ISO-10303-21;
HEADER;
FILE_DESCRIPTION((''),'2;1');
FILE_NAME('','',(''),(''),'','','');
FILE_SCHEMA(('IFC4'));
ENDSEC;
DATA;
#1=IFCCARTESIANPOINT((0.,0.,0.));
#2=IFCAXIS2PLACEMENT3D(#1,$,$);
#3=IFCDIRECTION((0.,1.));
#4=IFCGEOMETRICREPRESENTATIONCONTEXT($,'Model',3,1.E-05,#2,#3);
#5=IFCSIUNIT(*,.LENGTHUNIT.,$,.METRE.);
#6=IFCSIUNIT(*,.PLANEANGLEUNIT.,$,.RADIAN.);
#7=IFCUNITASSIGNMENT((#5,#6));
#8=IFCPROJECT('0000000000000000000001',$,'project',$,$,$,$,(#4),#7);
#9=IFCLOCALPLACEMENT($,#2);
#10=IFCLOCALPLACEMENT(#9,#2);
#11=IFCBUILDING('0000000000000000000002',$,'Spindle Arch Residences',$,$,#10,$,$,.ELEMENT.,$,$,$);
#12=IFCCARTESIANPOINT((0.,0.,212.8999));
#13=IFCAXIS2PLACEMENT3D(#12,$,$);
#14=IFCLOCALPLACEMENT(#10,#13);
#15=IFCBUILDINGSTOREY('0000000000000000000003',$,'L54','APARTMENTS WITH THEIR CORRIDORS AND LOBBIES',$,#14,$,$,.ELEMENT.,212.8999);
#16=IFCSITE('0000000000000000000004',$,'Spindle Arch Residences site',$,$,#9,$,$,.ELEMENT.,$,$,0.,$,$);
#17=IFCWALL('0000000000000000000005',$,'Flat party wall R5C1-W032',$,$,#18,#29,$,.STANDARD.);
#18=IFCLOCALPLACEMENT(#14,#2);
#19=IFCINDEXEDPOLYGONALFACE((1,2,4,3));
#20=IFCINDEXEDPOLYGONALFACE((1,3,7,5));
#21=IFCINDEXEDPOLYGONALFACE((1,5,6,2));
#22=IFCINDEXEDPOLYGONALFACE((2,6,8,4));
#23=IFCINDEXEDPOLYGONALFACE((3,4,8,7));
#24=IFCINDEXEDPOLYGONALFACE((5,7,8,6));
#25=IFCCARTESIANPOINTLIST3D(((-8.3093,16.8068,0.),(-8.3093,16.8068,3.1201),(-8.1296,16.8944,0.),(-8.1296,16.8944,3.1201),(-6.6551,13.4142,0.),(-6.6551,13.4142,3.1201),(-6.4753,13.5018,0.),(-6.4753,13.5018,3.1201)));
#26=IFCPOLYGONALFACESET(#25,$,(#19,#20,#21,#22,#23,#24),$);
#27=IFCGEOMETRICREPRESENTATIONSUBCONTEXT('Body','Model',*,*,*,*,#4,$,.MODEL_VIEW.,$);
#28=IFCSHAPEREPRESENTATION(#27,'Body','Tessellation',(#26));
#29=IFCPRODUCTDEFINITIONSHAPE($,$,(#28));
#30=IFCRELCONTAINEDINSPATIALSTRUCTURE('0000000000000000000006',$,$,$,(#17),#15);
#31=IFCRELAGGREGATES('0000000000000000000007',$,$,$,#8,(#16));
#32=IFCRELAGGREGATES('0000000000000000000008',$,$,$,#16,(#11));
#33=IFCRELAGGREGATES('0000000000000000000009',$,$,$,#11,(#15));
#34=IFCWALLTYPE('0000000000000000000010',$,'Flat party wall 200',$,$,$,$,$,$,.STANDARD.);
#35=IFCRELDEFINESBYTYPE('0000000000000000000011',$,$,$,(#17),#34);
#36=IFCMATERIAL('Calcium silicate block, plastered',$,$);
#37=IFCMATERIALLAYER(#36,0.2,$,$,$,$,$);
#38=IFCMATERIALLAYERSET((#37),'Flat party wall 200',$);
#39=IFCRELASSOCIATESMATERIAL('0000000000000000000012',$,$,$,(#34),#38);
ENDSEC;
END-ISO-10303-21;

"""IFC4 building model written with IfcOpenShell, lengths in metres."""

from ifc_helpers import new_model, si_unit, direction, frame, frame_2d, origin, place, context, subcontext, project, spatial, rectangle, extrude, material, layer, layer_set, type_object, element, save


model = new_model("IFC4")

# Units and contexts
model_context = context("Model", 3, precision=1e-05, world=origin(), true_north=direction((0.0, 1.0)))
body_context = subcontext(model_context, "Body", "Model", "MODEL_VIEW")
ifc_project = project(units=[si_unit("LENGTHUNIT", "METRE"), si_unit("PLANEANGLEUNIT", "RADIAN")], contexts=[model_context])

# Site, building, storey
site_placement = place(None, origin())
site = spatial("IfcSite", under=ifc_project, at=site_placement, Name="Spindle Arch Residences site", CompositionType="ELEMENT", RefElevation=0.0)
building_placement = place(site_placement, origin())
building = spatial("IfcBuilding", under=site, at=building_placement, Name="Spindle Arch Residences", CompositionType="ELEMENT")
storey_placement = place(building_placement, frame((0.0, 0.0, 212.8999)))
storey = spatial("IfcBuildingStorey", under=building, at=storey_placement, Name="L54", Description="APARTMENTS WITH THEIR CORRIDORS AND LOBBIES", CompositionType="ELEMENT", Elevation=212.8999)

# Wall
ifc_material_1 = material(Name="Calcium silicate block, plastered")
ifc_layer_1 = layer(ifc_material_1, 0.2)
ifc_layer_set_1 = layer_set([ifc_layer_1], Name="Flat party wall 200")
wall_type_1 = type_object("IfcWallType", Name="Flat party wall 200", PredefinedType="STANDARD", material=ifc_layer_set_1)
wall_1_placement = place(storey_placement, frame((-8.2195, 16.8506, 0.0), z_axis=(0.0, 0.0, 1.0), x_axis=(0.438291, -0.898833, 0.0)))
element("IfcWall", 1, at=wall_1_placement, inside=storey, type_object=wall_type_1, Name="Flat party wall R5C1-W032", PredefinedType="STANDARD", context=body_context, shape_type="SweptSolid", body=[
    extrude(rectangle(XDim=3.7744, YDim=0.2, at=frame_2d((1.8872, 0.0))), origin(), (0.0, 0.0, 1.0), 3.1201),
])

save(model, "model.ifc")
